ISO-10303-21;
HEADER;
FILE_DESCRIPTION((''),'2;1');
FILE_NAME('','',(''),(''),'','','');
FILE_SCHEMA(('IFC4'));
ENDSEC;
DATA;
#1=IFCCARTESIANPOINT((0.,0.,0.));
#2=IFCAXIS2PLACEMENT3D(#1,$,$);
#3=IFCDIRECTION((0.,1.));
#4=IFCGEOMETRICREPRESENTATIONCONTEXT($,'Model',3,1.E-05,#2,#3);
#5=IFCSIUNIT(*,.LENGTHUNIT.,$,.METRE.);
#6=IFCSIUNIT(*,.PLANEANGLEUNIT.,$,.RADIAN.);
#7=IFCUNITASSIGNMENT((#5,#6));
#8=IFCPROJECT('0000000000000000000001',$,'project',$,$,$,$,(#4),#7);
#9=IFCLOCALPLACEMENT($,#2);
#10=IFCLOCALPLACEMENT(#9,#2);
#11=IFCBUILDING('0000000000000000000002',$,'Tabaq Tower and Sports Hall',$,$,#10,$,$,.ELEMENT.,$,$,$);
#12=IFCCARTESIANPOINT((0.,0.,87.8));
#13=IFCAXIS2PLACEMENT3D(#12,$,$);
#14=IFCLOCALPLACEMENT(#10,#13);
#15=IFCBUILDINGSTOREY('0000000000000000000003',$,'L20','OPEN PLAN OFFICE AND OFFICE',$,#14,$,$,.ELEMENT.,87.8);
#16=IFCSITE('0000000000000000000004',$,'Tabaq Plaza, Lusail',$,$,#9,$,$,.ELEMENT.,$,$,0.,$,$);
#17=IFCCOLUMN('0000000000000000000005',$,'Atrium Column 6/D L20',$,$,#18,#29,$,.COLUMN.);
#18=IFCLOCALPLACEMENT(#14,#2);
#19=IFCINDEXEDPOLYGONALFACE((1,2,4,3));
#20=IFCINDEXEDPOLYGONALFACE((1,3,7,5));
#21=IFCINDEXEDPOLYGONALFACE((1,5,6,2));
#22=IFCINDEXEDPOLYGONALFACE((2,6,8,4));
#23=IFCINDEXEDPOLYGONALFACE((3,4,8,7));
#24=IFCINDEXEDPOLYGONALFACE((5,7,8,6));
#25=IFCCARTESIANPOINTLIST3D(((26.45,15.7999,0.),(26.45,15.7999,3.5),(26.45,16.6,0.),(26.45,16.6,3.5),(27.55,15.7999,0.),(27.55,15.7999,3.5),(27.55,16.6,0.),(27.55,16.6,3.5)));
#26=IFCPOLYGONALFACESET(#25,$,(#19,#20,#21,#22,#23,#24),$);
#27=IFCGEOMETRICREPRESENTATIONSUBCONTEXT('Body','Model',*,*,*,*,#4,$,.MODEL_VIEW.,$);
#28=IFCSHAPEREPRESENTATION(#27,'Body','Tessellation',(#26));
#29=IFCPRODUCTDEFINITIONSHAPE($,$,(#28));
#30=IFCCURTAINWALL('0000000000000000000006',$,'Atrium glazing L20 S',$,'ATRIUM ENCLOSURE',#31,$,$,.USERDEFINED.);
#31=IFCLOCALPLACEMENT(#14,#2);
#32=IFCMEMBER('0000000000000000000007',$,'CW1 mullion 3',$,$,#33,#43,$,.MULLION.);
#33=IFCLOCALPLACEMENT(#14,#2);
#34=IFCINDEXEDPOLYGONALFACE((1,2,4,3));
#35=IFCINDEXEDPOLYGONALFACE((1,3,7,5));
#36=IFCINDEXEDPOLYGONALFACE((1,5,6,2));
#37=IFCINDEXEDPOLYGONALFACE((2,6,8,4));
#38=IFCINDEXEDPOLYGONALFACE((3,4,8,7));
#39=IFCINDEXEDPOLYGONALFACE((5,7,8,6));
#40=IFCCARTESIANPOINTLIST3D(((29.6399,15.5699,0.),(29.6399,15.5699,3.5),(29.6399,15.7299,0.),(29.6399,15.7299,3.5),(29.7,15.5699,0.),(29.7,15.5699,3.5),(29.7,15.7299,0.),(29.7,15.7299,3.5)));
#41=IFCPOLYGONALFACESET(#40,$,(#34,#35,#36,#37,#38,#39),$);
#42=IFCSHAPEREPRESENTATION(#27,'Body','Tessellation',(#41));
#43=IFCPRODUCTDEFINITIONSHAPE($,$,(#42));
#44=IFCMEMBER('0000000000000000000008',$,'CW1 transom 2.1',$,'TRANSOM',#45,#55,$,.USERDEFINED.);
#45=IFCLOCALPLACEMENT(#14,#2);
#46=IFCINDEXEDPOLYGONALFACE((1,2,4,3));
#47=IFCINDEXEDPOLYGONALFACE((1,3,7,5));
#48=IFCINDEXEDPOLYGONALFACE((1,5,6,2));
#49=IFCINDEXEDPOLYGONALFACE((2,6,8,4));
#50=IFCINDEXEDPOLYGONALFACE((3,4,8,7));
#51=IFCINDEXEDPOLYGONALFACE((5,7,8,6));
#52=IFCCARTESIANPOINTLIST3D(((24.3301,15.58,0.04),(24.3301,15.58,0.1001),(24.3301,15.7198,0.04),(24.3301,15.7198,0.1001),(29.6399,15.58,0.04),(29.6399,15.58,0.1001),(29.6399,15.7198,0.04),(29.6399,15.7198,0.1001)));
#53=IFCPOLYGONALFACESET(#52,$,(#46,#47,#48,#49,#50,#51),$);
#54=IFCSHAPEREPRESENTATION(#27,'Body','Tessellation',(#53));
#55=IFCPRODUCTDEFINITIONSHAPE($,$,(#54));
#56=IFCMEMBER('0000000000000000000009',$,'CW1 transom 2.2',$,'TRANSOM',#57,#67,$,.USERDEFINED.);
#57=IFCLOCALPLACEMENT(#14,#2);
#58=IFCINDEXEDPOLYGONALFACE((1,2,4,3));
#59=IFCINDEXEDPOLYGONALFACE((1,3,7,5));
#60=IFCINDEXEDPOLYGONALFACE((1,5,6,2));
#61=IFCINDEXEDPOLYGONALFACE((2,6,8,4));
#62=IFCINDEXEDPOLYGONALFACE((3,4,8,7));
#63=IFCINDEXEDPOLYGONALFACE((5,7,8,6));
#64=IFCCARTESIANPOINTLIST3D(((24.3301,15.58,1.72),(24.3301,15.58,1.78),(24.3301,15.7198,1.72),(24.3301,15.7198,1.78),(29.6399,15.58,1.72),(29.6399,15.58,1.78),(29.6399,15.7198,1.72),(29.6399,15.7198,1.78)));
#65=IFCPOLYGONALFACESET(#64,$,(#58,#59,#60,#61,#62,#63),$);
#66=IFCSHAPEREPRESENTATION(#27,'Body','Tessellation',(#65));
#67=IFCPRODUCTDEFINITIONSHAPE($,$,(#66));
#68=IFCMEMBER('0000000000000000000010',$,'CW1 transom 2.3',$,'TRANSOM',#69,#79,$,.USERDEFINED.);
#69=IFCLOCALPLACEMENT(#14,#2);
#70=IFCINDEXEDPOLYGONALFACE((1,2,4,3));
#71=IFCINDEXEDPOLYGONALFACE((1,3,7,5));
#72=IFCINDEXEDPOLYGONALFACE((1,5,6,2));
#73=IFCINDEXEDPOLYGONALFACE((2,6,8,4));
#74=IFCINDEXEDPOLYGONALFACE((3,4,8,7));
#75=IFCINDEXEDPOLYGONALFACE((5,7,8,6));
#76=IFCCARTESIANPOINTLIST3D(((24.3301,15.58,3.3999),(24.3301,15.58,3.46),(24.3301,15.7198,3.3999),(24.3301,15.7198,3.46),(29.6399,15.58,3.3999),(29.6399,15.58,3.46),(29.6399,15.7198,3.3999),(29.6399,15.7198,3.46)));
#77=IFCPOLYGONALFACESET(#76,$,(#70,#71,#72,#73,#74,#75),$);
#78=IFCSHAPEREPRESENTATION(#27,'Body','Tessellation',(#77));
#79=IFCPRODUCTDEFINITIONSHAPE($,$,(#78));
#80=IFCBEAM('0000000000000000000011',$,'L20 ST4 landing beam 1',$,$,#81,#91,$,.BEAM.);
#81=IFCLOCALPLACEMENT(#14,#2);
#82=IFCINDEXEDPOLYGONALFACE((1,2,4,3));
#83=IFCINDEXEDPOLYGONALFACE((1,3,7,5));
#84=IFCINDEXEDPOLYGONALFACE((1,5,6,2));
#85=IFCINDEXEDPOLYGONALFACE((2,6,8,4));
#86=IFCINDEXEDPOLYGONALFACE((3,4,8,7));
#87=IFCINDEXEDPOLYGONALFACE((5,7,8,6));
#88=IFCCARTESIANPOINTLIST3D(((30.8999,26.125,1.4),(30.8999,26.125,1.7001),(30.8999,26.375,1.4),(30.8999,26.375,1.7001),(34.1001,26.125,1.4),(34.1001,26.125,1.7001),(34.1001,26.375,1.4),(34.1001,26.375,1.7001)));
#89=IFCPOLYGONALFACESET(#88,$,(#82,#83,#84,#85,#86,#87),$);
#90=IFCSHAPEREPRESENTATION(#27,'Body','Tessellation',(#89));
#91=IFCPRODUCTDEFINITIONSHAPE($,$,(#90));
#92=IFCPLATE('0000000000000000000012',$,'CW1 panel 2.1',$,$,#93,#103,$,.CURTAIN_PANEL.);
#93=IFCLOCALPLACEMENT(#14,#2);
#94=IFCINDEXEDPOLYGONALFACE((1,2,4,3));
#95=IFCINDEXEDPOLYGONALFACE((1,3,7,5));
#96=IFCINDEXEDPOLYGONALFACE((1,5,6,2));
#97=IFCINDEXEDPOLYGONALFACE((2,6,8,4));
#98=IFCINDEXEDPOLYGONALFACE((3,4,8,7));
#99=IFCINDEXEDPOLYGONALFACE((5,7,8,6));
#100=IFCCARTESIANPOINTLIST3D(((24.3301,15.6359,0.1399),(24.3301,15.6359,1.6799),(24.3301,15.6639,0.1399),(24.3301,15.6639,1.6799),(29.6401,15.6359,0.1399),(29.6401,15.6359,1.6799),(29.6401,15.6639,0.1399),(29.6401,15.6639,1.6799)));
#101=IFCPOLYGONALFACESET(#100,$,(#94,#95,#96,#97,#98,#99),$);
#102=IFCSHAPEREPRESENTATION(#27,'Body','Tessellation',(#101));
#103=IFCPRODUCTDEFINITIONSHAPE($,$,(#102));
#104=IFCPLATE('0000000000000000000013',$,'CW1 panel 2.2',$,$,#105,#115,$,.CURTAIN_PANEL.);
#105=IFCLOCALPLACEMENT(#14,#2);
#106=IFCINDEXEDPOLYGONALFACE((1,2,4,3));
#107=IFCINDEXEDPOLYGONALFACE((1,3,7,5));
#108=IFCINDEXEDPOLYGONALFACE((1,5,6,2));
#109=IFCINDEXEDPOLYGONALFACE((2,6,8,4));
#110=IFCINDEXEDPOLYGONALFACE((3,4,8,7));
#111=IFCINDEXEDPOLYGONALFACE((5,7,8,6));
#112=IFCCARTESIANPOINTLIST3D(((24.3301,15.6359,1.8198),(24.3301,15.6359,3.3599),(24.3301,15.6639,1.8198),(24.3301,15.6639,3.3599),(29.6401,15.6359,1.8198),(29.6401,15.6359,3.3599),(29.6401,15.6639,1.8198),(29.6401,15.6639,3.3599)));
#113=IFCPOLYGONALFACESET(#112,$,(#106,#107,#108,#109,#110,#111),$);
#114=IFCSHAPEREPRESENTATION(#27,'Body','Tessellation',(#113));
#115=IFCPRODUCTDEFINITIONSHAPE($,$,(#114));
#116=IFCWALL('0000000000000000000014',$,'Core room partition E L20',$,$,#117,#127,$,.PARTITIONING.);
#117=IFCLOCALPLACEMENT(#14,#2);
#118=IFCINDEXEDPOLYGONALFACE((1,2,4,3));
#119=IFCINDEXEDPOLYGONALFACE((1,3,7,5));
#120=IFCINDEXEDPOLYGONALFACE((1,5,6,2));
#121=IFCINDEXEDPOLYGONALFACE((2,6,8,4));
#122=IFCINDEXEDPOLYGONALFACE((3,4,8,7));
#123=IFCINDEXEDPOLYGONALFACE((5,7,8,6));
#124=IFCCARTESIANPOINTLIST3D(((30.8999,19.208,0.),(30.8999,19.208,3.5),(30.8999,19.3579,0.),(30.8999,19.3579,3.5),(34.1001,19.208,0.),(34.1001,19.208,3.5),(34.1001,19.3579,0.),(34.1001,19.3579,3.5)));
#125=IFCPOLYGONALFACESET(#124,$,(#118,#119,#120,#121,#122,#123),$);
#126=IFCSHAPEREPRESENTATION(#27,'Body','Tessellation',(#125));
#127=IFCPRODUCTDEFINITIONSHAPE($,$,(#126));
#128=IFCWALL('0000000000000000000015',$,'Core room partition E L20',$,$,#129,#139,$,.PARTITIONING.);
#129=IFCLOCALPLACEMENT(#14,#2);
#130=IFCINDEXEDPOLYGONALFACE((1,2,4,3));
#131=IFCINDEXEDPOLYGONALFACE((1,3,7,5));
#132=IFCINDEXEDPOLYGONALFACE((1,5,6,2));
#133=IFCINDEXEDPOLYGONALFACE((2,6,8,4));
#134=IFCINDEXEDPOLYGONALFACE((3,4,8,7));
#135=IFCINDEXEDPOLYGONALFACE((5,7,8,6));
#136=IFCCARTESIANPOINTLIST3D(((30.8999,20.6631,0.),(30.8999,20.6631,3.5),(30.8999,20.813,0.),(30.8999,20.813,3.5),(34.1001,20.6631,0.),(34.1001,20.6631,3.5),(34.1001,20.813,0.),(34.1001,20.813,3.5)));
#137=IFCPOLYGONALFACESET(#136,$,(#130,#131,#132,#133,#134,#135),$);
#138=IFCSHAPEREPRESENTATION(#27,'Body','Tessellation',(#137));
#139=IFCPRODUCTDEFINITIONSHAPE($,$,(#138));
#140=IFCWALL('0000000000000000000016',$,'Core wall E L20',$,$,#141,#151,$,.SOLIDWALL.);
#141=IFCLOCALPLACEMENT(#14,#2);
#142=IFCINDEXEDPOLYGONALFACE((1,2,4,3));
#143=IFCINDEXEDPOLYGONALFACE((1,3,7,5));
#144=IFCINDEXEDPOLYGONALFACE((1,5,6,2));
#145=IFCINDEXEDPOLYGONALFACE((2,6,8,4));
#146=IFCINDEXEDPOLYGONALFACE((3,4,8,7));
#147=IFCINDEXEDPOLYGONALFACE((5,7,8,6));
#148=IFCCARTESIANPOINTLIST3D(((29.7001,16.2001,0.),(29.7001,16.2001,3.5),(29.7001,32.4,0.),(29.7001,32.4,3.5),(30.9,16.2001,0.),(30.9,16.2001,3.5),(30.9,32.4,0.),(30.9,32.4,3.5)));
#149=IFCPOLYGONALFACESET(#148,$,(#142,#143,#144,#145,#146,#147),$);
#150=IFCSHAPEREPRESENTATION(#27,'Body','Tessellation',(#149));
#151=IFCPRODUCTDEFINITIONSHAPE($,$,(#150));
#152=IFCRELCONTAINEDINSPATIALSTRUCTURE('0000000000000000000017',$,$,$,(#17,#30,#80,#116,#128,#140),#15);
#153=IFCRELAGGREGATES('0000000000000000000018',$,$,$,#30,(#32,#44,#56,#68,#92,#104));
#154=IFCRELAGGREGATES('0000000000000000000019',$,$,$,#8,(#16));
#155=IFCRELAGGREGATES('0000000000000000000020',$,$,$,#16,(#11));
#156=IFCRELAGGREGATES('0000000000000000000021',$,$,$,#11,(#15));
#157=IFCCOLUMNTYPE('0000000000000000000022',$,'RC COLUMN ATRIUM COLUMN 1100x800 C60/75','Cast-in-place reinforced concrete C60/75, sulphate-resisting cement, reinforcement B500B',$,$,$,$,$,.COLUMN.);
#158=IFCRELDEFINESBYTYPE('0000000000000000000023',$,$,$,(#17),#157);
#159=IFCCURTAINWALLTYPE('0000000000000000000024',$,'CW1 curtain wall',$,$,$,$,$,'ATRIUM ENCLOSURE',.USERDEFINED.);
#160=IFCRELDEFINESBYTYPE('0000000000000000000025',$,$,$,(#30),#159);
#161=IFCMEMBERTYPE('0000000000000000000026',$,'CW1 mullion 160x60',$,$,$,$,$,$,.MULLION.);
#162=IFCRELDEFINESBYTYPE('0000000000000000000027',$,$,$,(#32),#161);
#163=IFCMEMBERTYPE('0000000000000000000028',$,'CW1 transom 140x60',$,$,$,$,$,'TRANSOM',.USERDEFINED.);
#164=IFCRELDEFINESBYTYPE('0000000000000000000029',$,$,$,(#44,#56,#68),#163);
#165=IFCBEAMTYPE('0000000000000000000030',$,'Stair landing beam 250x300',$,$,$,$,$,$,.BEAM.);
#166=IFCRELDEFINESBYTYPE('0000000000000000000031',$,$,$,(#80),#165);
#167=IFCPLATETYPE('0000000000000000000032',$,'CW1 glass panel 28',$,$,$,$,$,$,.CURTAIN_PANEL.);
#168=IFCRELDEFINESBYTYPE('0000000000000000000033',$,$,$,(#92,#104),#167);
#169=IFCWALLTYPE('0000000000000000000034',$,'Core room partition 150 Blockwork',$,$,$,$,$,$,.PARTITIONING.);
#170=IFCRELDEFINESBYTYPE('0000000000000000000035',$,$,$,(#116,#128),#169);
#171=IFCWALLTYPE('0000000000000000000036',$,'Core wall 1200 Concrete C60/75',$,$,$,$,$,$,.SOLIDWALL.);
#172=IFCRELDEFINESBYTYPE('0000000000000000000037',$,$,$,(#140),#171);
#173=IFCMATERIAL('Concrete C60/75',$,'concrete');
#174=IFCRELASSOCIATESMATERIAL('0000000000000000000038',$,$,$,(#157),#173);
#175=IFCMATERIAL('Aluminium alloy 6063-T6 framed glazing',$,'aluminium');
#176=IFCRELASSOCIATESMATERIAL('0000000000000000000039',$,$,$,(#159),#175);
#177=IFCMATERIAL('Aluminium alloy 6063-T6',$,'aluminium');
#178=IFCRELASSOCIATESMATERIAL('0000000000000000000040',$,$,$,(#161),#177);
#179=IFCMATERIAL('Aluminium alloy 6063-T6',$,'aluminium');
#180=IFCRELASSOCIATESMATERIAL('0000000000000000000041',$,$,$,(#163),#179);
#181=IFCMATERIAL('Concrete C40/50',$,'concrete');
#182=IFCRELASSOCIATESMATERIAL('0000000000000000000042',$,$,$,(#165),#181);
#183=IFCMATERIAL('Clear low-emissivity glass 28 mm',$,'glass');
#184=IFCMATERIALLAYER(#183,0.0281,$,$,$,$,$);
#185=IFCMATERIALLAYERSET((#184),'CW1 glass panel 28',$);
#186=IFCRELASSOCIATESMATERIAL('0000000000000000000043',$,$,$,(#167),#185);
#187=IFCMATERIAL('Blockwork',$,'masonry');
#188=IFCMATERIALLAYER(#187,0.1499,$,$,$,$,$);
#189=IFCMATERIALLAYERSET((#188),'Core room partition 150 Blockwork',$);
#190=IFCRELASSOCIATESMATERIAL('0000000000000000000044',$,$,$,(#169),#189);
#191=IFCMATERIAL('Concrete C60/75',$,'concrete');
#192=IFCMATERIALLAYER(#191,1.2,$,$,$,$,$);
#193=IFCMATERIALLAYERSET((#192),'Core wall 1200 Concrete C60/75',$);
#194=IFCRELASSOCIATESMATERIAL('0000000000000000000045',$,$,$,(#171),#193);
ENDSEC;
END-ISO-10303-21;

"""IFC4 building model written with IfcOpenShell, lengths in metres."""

from ifc_helpers import new_model, si_unit, direction, frame, frame_2d, origin, origin_2d, place, context, subcontext, project, spatial, rectangle, extrude, material, layer, layer_set, material_profile, profile_set, type_object, element, aggregate, save


model = new_model("IFC4")

# Units and contexts
model_context = context("Model", 3, precision=1e-05, world=origin(), true_north=direction((0.0, 1.0)))
body_context = subcontext(model_context, "Body", "Model", "MODEL_VIEW")
ifc_project = project(units=[si_unit("LENGTHUNIT", "METRE"), si_unit("PLANEANGLEUNIT", "RADIAN")], contexts=[model_context])

# Site, building, storey
site_placement = place(None, origin())
site = spatial("IfcSite", under=ifc_project, at=site_placement, Name="Tabaq Plaza, Lusail", CompositionType="ELEMENT", RefElevation=0.0)
building_placement = place(site_placement, origin())
building = spatial("IfcBuilding", under=site, at=building_placement, Name="Tabaq Tower and Sports Hall", CompositionType="ELEMENT")
storey_placement = place(building_placement, frame((0.0, 0.0, 87.8)))
storey = spatial("IfcBuildingStorey", under=building, at=storey_placement, Name="L20", Description="OPEN PLAN OFFICE AND OFFICE", CompositionType="ELEMENT", Elevation=87.8)

# Column
ifc_material_1 = material(Name="Concrete C60/75", Category="concrete")
ifc_material_profile_1 = material_profile(ifc_material_1, rectangle(XDim=1.1001, YDim=0.8, at=origin_2d()), Name="ATRIUM COLUMN 1100x800")
ifc_profile_set_1 = profile_set([ifc_material_profile_1], Name="Concrete C60/75")
column_type = type_object("IfcColumnType", Name="RC COLUMN ATRIUM COLUMN 1100x800 C60/75", Description="Cast-in-place reinforced concrete C60/75, sulphate-resisting cement, reinforcement B500B", PredefinedType="COLUMN", material=ifc_profile_set_1)
column_placement = place(storey_placement, frame((27.0, 16.2, 0.0), z_axis=(0.0, 0.0, 1.0), x_axis=(1.0, 0.0, 0.0)))
element("IfcColumn", 1, at=column_placement, inside=storey, type_object=column_type, Name="Atrium Column 6/D L20", PredefinedType="COLUMN", context=body_context, shape_type="SweptSolid", body=[
    extrude(rectangle(XDim=1.1001, YDim=0.8, at=origin_2d()), origin(), (0.0, 0.0, 1.0), 3.5),
])

# Curtain wall, members
ifc_material_2 = material(Name="Aluminium alloy 6063-T6 framed glazing", Category="aluminium")
curtain_wall_type = type_object("IfcCurtainWallType", Name="CW1 curtain wall", ElementType="ATRIUM ENCLOSURE", PredefinedType="USERDEFINED", material=ifc_material_2)
curtain_wall_placement = place(storey_placement, origin())
curtain_wall = element("IfcCurtainWall", 2, at=curtain_wall_placement, inside=storey, type_object=curtain_wall_type, Name="Atrium glazing L20 S", ObjectType="ATRIUM ENCLOSURE", PredefinedType="USERDEFINED")
ifc_material_3 = material(Name="Aluminium alloy 6063-T6", Category="aluminium")
ifc_material_profile_2 = material_profile(ifc_material_3, rectangle(XDim=0.1599, YDim=0.0601, at=origin_2d()), Name="MULLION 160x60")
ifc_profile_set_2 = profile_set([ifc_material_profile_2], Name="Aluminium alloy 6063-T6")
member_type_1 = type_object("IfcMemberType", Name="CW1 mullion 160x60", PredefinedType="MULLION", material=ifc_profile_set_2)
member_1_placement = place(storey_placement, frame((29.6699, 15.6499, 0.0), z_axis=(0.0, 0.0, 1.0), x_axis=(0.0, 1.0, 0.0)))
member_1 = element("IfcMember", 3, at=member_1_placement, type_object=member_type_1, Name="CW1 mullion 3", PredefinedType="MULLION", context=body_context, shape_type="SweptSolid", body=[
    extrude(rectangle(XDim=0.1599, YDim=0.0601, at=origin_2d()), origin(), (0.0, 0.0, 1.0), 3.5),
])
ifc_material_4 = material(Name="Aluminium alloy 6063-T6", Category="aluminium")
ifc_material_profile_3 = material_profile(ifc_material_4, rectangle(XDim=0.1399, YDim=0.0601, at=origin_2d()), Name="TRANSOM 140x60")
ifc_profile_set_3 = profile_set([ifc_material_profile_3], Name="Aluminium alloy 6063-T6")
member_type_2 = type_object("IfcMemberType", Name="CW1 transom 140x60", ElementType="TRANSOM", PredefinedType="USERDEFINED", material=ifc_profile_set_3)
member_2_placement = place(storey_placement, frame((24.3301, 15.6499, 0.0701), z_axis=(1.0, 0.0, 0.0), x_axis=(0.0, 1.0, 0.0)))
member_2 = element("IfcMember", 4, at=member_2_placement, type_object=member_type_2, Name="CW1 transom 2.1", ObjectType="TRANSOM", PredefinedType="USERDEFINED", context=body_context, shape_type="SweptSolid", body=[
    extrude(rectangle(XDim=0.1399, YDim=0.0601, at=origin_2d()), origin(), (0.0, 0.0, 1.0), 5.3098),
])
member_3_placement = place(storey_placement, frame((24.3301, 15.6499, 1.75), z_axis=(1.0, 0.0, 0.0), x_axis=(0.0, 1.0, 0.0)))
member_3 = element("IfcMember", 5, at=member_3_placement, type_object=member_type_2, Name="CW1 transom 2.2", ObjectType="TRANSOM", PredefinedType="USERDEFINED", context=body_context, shape_type="SweptSolid", body=[
    extrude(rectangle(XDim=0.1399, YDim=0.0601, at=origin_2d()), origin(), (0.0, 0.0, 1.0), 5.3098),
])
member_4_placement = place(storey_placement, frame((24.3301, 15.6499, 3.4299), z_axis=(1.0, 0.0, 0.0), x_axis=(0.0, 1.0, 0.0)))
member_4 = element("IfcMember", 6, at=member_4_placement, type_object=member_type_2, Name="CW1 transom 2.3", ObjectType="TRANSOM", PredefinedType="USERDEFINED", context=body_context, shape_type="SweptSolid", body=[
    extrude(rectangle(XDim=0.1399, YDim=0.0601, at=origin_2d()), origin(), (0.0, 0.0, 1.0), 5.3098),
])

# Beam
ifc_material_5 = material(Name="Concrete C40/50", Category="concrete")
ifc_material_profile_4 = material_profile(ifc_material_5, rectangle(XDim=0.25, YDim=0.3, at=origin_2d()), Name="RC 250x300")
ifc_profile_set_4 = profile_set([ifc_material_profile_4], Name="Concrete C40/50")
beam_type = type_object("IfcBeamType", Name="Stair landing beam 250x300", PredefinedType="BEAM", material=ifc_profile_set_4)
beam_placement = place(storey_placement, frame((30.8999, 26.25, 1.55), z_axis=(1.0, 0.0, 0.0), x_axis=(0.0, 1.0, 0.0)))
element("IfcBeam", 7, at=beam_placement, inside=storey, type_object=beam_type, Name="L20 ST4 landing beam 1", PredefinedType="BEAM", context=body_context, shape_type="SweptSolid", body=[
    extrude(rectangle(XDim=0.25, YDim=0.3, at=origin_2d()), origin(), (0.0, 0.0, 1.0), 3.2002),
])

# Plates
ifc_material_6 = material(Name="Clear low-emissivity glass 28 mm", Category="glass")
ifc_layer_1 = layer(ifc_material_6, 0.0281)
ifc_layer_set_1 = layer_set([ifc_layer_1], Name="CW1 glass panel 28")
plate_type = type_object("IfcPlateType", Name="CW1 glass panel 28", PredefinedType="CURTAIN_PANEL", material=ifc_layer_set_1)
plate_1_placement = place(storey_placement, frame((26.9851, 15.6499, 0.1399), z_axis=(0.0, 0.0, 1.0), x_axis=(1.0, 0.0, 0.0)))
plate_1 = element("IfcPlate", 8, at=plate_1_placement, type_object=plate_type, Name="CW1 panel 2.1", PredefinedType="CURTAIN_PANEL", context=body_context, shape_type="SweptSolid", body=[
    extrude(rectangle(XDim=5.3101, YDim=0.0281, at=origin_2d()), origin(), (0.0, 0.0, 1.0), 1.54),
])
plate_2_placement = place(storey_placement, frame((26.9851, 15.6499, 1.8198), z_axis=(0.0, 0.0, 1.0), x_axis=(1.0, 0.0, 0.0)))
plate_2 = element("IfcPlate", 9, at=plate_2_placement, type_object=plate_type, Name="CW1 panel 2.2", PredefinedType="CURTAIN_PANEL", context=body_context, shape_type="SweptSolid", body=[
    extrude(rectangle(XDim=5.3101, YDim=0.0281, at=origin_2d()), origin(), (0.0, 0.0, 1.0), 1.54),
])
aggregate(curtain_wall, [member_1, member_2, member_3, member_4, plate_1, plate_2])

# Walls
ifc_material_7 = material(Name="Blockwork", Category="masonry")
ifc_layer_2 = layer(ifc_material_7, 0.1499)
ifc_layer_set_2 = layer_set([ifc_layer_2], Name="Core room partition 150 Blockwork")
wall_type_1 = type_object("IfcWallType", Name="Core room partition 150 Blockwork", PredefinedType="PARTITIONING", material=ifc_layer_set_2)
for number, where, z_axis, x_axis, name in (
    (10, (30.8999, 19.283, 0.0), (0.0, 0.0, 1.0), (1.0, 0.0, 0.0), "Core room partition E L20"),
    (11, (30.8999, 20.738, 0.0), (0.0, 0.0, 1.0), (1.0, 0.0, 0.0), "Core room partition E L20"),
):
    element("IfcWall", number, at=place(storey_placement, frame(where, z_axis=z_axis, x_axis=x_axis)), inside=storey, type_object=wall_type_1, Name=name, PredefinedType="PARTITIONING", context=body_context, shape_type="SweptSolid", body=[
        extrude(rectangle(XDim=3.2002, YDim=0.1499, at=frame_2d((1.6001, 0.0))), origin(), (0.0, 0.0, 1.0), 3.5),
    ])
ifc_material_8 = material(Name="Concrete C60/75", Category="concrete")
ifc_layer_3 = layer(ifc_material_8, 1.2)
ifc_layer_set_3 = layer_set([ifc_layer_3], Name="Core wall 1200 Concrete C60/75")
wall_type_2 = type_object("IfcWallType", Name="Core wall 1200 Concrete C60/75", PredefinedType="SOLIDWALL", material=ifc_layer_set_3)
wall_1_placement = place(storey_placement, frame((30.3, 16.2, 0.0), z_axis=(0.0, 0.0, 1.0), x_axis=(0.0, 1.0, 0.0)))
element("IfcWall", 12, at=wall_1_placement, inside=storey, type_object=wall_type_2, Name="Core wall E L20", PredefinedType="SOLIDWALL", context=body_context, shape_type="SweptSolid", body=[
    extrude(rectangle(XDim=16.2, YDim=1.2, at=frame_2d((8.1001, 0.0))), origin(), (0.0, 0.0, 1.0), 3.5),
])

save(model, "model.ifc")
